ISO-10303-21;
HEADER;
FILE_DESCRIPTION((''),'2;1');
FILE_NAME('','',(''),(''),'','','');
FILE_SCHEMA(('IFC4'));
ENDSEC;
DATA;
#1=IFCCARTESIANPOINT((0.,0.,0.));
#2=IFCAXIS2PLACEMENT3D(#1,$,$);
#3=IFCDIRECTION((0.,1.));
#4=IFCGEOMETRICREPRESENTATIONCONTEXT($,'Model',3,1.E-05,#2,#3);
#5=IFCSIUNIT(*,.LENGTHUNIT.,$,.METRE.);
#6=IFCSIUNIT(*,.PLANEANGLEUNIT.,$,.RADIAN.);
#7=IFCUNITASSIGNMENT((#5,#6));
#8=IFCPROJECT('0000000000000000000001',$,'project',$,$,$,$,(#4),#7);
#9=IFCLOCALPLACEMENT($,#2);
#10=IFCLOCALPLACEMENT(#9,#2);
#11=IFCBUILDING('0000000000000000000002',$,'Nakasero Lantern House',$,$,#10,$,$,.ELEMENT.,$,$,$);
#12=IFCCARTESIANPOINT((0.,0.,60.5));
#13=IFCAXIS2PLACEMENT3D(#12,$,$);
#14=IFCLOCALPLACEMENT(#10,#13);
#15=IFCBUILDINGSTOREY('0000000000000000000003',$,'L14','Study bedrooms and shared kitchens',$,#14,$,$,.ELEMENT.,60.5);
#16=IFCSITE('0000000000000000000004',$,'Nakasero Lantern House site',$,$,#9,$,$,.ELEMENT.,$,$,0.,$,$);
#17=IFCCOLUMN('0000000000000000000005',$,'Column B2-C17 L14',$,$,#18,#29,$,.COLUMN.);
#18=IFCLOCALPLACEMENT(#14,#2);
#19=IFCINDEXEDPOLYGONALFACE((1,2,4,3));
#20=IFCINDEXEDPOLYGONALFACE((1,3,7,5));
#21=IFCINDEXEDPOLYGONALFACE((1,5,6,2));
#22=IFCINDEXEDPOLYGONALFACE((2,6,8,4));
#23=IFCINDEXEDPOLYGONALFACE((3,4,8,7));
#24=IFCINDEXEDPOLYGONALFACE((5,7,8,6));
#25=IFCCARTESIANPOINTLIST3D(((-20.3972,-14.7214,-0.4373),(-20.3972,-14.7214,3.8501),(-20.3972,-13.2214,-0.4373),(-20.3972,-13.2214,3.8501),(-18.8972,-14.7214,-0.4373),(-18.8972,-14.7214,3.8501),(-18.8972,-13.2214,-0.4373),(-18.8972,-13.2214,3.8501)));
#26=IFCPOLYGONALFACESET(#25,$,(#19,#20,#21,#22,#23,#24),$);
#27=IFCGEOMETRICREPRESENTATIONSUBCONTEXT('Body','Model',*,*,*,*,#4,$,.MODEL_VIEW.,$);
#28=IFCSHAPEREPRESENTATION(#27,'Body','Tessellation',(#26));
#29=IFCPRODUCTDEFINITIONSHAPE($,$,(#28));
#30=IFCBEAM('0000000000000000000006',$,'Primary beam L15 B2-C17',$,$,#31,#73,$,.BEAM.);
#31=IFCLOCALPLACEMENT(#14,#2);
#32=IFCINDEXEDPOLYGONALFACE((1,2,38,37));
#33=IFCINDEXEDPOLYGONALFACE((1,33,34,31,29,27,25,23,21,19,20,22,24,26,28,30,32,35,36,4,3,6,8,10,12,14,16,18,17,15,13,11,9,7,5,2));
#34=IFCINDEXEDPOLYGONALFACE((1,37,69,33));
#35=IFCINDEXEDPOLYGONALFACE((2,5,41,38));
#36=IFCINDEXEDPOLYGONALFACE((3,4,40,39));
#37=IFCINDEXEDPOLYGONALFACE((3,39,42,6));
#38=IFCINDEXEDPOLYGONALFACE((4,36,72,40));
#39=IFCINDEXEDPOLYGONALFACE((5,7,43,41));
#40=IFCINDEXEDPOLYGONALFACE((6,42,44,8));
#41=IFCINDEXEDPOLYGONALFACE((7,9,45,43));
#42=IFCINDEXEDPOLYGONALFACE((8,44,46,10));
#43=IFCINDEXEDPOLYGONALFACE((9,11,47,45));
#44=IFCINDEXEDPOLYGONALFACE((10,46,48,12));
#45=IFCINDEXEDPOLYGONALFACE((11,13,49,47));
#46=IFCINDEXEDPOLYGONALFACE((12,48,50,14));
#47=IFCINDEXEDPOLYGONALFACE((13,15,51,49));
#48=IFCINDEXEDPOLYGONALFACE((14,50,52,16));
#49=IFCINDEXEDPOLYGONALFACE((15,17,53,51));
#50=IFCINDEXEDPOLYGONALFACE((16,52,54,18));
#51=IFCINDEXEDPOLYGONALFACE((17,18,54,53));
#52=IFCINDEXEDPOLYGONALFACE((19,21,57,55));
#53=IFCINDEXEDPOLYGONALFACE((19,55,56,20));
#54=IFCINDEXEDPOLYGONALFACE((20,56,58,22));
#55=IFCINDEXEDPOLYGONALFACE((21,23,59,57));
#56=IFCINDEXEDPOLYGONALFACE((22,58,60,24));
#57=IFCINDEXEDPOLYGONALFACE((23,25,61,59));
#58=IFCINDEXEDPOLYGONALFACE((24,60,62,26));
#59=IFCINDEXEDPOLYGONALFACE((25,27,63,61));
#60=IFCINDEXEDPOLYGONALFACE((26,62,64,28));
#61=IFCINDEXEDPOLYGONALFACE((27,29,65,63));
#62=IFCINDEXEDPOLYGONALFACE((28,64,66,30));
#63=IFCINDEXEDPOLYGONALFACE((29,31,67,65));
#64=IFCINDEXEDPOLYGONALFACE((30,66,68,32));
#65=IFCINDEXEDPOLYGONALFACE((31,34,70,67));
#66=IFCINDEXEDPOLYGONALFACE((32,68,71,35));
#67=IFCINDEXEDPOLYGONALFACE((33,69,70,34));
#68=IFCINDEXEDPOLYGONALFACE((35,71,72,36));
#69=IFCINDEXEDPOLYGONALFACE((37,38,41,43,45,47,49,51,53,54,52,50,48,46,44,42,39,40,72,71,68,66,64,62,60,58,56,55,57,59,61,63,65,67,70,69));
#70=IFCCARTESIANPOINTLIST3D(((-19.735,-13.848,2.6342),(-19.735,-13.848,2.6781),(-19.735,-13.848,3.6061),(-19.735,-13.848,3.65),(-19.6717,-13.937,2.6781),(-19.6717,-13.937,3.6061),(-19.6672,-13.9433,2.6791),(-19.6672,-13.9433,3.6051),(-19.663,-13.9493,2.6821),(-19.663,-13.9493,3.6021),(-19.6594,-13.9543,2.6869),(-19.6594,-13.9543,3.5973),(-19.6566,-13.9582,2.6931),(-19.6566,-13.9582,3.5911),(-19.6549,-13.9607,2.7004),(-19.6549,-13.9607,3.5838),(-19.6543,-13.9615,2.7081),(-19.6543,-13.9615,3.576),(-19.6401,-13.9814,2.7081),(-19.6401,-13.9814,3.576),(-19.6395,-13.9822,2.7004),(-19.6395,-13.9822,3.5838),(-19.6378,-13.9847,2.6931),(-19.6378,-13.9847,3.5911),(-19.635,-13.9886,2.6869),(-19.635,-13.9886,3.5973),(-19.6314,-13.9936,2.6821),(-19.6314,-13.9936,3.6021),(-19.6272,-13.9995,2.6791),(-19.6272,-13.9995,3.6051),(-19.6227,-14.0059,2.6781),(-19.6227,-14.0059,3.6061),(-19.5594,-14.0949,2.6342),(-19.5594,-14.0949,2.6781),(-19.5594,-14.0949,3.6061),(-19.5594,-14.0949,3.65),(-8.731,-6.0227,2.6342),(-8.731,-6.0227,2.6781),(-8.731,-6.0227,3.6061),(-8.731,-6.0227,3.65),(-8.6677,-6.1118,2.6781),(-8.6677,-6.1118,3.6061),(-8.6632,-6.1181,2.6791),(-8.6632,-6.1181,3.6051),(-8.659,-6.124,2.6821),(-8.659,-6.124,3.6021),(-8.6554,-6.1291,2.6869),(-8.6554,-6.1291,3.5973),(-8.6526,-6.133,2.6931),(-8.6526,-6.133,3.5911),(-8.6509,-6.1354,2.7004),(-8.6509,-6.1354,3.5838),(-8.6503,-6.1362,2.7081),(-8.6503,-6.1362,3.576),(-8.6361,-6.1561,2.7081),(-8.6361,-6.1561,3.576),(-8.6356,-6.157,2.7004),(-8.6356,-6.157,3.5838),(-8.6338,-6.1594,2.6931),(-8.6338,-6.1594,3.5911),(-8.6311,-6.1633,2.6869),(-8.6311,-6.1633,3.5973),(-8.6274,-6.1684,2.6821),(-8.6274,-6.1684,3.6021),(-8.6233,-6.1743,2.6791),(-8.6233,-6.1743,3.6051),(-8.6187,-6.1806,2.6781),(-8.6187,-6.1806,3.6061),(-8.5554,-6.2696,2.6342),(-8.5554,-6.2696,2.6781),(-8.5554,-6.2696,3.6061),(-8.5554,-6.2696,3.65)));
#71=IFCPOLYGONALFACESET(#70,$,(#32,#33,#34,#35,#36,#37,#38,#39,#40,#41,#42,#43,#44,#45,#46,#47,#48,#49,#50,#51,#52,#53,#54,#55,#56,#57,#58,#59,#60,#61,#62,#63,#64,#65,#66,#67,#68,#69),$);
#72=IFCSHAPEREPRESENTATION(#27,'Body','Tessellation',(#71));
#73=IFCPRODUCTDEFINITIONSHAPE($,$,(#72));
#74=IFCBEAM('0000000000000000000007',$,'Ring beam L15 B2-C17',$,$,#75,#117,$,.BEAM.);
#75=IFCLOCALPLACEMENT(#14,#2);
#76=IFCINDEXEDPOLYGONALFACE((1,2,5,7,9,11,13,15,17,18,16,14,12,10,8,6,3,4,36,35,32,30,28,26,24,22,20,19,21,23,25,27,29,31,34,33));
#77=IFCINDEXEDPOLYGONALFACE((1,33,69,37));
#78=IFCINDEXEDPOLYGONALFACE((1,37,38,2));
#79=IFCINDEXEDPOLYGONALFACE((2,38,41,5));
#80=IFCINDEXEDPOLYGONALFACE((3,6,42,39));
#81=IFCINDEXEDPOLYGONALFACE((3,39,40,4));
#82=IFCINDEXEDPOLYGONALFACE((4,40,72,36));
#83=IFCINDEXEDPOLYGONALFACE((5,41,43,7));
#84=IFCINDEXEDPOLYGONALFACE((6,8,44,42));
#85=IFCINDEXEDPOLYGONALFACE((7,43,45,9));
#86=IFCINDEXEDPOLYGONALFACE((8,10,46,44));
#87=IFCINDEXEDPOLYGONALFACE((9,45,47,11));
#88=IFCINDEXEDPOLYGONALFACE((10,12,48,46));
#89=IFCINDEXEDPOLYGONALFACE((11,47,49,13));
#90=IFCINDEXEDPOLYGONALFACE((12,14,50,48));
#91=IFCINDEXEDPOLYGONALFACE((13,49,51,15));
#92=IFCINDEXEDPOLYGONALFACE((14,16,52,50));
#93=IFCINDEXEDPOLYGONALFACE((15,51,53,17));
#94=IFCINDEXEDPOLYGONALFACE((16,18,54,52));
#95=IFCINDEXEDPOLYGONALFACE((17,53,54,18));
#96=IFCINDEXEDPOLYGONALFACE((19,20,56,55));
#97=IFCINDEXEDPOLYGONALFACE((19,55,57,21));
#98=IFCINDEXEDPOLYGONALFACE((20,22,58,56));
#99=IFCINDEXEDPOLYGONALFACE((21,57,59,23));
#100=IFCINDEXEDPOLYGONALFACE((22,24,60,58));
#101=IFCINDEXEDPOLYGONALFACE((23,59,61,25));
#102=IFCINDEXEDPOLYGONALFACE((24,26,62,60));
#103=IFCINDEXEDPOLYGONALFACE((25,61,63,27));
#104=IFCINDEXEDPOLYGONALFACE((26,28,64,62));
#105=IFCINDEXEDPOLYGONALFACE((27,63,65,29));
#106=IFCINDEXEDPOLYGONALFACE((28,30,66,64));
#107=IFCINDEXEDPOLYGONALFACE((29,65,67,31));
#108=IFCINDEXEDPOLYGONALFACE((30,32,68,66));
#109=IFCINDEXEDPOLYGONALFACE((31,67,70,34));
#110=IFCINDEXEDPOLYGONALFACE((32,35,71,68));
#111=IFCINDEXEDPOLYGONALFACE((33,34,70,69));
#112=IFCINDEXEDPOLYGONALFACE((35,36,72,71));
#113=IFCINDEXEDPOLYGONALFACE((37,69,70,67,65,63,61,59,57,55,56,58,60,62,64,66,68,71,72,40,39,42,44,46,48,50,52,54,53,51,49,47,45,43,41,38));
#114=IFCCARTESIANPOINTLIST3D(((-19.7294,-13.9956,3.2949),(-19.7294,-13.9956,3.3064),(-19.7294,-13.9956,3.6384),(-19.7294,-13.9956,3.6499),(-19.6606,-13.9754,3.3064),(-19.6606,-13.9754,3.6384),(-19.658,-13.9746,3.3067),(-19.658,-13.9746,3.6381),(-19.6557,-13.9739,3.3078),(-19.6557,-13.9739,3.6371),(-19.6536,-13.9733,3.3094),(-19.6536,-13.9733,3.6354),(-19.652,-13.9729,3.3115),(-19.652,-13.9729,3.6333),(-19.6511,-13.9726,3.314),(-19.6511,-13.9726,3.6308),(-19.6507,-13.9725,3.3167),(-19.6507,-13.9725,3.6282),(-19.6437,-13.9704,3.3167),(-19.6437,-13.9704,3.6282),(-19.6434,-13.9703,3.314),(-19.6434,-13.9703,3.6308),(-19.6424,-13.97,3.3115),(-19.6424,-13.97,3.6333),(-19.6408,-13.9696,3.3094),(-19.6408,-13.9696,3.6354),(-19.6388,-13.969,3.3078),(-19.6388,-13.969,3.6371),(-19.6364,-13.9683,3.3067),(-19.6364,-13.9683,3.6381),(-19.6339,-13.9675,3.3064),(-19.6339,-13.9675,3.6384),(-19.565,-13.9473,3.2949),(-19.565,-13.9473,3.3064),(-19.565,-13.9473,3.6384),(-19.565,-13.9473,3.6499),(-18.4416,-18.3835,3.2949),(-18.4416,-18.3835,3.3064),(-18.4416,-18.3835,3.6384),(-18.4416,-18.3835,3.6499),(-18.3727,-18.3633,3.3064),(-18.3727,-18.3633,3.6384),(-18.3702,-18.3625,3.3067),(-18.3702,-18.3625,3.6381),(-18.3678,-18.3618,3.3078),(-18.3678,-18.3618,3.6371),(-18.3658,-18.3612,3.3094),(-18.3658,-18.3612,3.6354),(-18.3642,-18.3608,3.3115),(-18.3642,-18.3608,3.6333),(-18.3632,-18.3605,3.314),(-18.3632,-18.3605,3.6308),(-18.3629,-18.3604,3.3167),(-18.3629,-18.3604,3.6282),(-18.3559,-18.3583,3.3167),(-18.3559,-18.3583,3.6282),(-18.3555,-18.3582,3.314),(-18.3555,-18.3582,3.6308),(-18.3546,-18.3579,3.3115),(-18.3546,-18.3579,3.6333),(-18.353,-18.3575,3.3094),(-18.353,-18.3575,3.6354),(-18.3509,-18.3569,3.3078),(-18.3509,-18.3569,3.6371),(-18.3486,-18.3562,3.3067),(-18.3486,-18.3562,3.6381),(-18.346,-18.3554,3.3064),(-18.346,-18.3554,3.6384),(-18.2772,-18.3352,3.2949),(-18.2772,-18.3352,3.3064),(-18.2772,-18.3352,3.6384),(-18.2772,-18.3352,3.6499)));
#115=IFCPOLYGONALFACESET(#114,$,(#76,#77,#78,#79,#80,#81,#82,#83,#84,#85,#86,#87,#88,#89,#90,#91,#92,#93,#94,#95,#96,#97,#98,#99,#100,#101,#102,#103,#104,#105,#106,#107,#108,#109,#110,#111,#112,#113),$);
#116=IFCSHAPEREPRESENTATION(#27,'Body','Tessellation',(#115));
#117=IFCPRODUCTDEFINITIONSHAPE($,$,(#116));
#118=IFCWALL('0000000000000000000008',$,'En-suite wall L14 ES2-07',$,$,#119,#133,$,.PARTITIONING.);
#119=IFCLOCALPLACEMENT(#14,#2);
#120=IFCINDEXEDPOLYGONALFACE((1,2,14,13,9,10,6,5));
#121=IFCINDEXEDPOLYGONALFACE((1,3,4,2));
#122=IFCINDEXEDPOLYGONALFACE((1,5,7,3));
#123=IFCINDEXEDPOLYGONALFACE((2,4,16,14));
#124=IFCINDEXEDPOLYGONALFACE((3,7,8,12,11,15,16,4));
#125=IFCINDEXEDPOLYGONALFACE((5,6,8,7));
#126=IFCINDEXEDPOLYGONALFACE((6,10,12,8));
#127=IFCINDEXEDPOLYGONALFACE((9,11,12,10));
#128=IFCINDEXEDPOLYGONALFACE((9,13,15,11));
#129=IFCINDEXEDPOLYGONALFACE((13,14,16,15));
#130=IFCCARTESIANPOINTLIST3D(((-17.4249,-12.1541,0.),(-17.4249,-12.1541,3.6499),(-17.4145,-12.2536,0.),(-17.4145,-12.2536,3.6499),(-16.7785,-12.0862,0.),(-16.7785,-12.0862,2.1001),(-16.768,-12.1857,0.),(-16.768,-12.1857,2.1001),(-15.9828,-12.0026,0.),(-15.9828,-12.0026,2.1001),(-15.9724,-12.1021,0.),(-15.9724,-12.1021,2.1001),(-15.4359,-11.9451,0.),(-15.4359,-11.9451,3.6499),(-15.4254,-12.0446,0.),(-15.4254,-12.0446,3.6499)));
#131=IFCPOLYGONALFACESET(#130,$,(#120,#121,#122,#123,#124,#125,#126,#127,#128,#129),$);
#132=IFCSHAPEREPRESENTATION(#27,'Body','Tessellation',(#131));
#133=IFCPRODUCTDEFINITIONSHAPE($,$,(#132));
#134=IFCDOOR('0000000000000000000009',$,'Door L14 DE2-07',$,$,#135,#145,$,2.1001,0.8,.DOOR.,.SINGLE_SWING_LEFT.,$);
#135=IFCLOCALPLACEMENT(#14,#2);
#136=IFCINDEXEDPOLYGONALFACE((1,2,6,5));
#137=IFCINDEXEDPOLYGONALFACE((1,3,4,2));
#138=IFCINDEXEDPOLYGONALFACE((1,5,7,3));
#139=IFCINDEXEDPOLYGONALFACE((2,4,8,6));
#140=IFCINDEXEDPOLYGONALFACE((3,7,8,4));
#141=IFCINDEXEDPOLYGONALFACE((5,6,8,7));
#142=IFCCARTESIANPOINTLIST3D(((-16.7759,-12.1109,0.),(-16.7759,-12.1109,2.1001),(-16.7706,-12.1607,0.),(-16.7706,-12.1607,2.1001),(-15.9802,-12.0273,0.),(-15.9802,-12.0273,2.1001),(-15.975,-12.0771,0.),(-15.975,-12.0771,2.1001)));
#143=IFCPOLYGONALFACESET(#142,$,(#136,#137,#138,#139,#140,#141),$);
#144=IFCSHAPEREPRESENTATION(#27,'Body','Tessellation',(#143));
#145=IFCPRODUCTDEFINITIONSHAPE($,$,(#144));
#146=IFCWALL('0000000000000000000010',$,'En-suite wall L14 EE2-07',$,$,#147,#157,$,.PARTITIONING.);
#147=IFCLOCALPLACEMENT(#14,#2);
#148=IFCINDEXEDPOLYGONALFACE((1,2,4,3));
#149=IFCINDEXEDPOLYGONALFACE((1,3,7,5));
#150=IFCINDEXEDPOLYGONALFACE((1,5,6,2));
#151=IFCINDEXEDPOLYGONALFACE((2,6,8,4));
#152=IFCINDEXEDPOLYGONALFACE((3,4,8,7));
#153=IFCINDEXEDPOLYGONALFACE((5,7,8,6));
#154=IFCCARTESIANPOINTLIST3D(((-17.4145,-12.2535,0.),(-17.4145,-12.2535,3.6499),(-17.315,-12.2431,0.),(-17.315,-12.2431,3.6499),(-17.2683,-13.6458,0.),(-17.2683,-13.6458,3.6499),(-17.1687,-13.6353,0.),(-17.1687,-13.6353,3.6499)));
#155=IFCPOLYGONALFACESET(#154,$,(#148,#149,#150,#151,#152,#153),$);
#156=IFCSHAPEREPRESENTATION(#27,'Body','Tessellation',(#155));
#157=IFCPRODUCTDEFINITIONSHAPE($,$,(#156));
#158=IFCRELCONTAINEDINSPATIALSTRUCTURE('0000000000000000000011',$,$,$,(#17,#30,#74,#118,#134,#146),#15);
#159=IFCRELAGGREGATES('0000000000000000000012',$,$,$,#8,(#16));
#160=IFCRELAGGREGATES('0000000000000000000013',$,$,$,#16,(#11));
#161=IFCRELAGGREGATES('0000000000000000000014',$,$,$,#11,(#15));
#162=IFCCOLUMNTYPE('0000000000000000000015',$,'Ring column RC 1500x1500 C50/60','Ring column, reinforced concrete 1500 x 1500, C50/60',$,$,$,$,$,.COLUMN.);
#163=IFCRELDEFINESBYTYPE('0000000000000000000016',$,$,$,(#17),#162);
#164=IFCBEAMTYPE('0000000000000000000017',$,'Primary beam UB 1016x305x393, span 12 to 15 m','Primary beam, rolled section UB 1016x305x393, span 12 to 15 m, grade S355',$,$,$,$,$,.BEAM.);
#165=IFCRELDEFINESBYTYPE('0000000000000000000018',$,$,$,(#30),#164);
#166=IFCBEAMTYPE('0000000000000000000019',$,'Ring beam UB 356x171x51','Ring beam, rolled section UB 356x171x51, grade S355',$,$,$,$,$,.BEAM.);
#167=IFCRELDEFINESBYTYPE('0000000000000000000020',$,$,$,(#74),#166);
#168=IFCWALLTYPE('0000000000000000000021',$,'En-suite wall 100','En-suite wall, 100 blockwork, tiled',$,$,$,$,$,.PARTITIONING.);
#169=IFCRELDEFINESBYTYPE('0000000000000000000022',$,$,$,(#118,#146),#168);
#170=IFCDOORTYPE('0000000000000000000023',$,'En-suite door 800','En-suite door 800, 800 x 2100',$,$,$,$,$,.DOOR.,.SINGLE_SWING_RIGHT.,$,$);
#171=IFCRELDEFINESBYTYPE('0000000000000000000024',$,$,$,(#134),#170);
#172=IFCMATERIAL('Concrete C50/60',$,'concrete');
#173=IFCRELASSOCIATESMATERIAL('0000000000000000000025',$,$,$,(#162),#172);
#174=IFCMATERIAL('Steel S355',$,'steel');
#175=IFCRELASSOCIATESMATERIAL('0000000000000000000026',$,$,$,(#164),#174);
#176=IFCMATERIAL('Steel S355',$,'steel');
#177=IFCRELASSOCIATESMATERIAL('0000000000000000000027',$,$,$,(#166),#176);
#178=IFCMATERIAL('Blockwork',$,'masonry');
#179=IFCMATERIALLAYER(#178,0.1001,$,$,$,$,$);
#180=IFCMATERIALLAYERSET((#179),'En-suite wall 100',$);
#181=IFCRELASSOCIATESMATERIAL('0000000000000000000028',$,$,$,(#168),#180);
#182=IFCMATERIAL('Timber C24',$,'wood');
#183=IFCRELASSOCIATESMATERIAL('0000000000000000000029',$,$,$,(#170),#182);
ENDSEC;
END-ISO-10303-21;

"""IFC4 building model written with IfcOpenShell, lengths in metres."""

from ifc_helpers import new_model, si_unit, direction, frame, frame_2d, origin, origin_2d, place, context, subcontext, project, spatial, rectangle, i_section, extrude, material, layer, layer_set, material_profile, profile_set, type_object, element, fill, save


model = new_model("IFC4")

# Units and contexts
model_context = context("Model", 3, precision=1e-05, world=origin(), true_north=direction((0.0, 1.0)))
body_context = subcontext(model_context, "Body", "Model", "MODEL_VIEW")
ifc_project = project(units=[si_unit("LENGTHUNIT", "METRE"), si_unit("PLANEANGLEUNIT", "RADIAN")], contexts=[model_context])

# Site, building, storey
site_placement = place(None, origin())
site = spatial("IfcSite", under=ifc_project, at=site_placement, Name="Nakasero Lantern House site", CompositionType="ELEMENT", RefElevation=0.0)
building_placement = place(site_placement, origin())
building = spatial("IfcBuilding", under=site, at=building_placement, Name="Nakasero Lantern House", CompositionType="ELEMENT")
storey_placement = place(building_placement, frame((0.0, 0.0, 60.5)))
storey = spatial("IfcBuildingStorey", under=building, at=storey_placement, Name="L14", Description="Study bedrooms and shared kitchens", CompositionType="ELEMENT", Elevation=60.5)

# Column
ifc_material_1 = material(Name="Concrete C50/60", Category="concrete")
ifc_material_profile_1 = material_profile(ifc_material_1, rectangle(XDim=1.5, YDim=1.5, at=origin_2d()), Name="RC 1500x1500")
ifc_profile_set_1 = profile_set([ifc_material_profile_1], Name="Concrete C50/60")
column_type = type_object("IfcColumnType", Name="Ring column RC 1500x1500 C50/60", Description="Ring column, reinforced concrete 1500 x 1500, C50/60", PredefinedType="COLUMN", material=ifc_profile_set_1)
column_placement = place(storey_placement, frame((-19.6472, -13.9714, -0.4373), z_axis=(0.0, 0.0, 1.0), x_axis=(1.0, 0.0, 0.0)))
element("IfcColumn", 1, at=column_placement, inside=storey, type_object=column_type, Name="Column B2-C17 L14", PredefinedType="COLUMN", context=body_context, shape_type="SweptSolid", body=[
    extrude(rectangle(XDim=1.5, YDim=1.5, at=origin_2d()), origin(), (0.0, 0.0, 1.0), 4.2874),
])

# Beams
ifc_material_2 = material(Name="Steel S355", Category="steel")
ifc_material_profile_2 = material_profile(ifc_material_2, i_section(OverallWidth=0.303, OverallDepth=1.0159, WebThickness=0.0244, FlangeThickness=0.0439, FilletRadius=0.03, at=origin_2d()), Name="UB 1016x305x393")
ifc_profile_set_2 = profile_set([ifc_material_profile_2], Name="Steel S355")
beam_type_1 = type_object("IfcBeamType", Name="Primary beam UB 1016x305x393, span 12 to 15 m", Description="Primary beam, rolled section UB 1016x305x393, span 12 to 15 m, grade S355", PredefinedType="BEAM", material=ifc_profile_set_2)
beam_1_placement = place(storey_placement, frame((-19.6472, -13.9714, 3.1421), z_axis=(0.814948, 0.579533, 0.0), x_axis=(-0.579533, 0.814948, 0.0)))
element("IfcBeam", 2, at=beam_1_placement, inside=storey, type_object=beam_type_1, Name="Primary beam L15 B2-C17", PredefinedType="BEAM", context=body_context, shape_type="SweptSolid", body=[
    extrude(i_section(OverallWidth=0.303, OverallDepth=1.0159, WebThickness=0.0244, FlangeThickness=0.0439, FilletRadius=0.03, at=origin_2d()), origin(), (0.0, 0.0, 1.0), 13.5027),
])
ifc_material_3 = material(Name="Steel S355", Category="steel")
ifc_material_profile_3 = material_profile(ifc_material_3, i_section(OverallWidth=0.1714, OverallDepth=0.355, WebThickness=0.0073, FlangeThickness=0.0115, FilletRadius=0.0103, at=origin_2d()), Name="UB 356x171x51")
ifc_profile_set_3 = profile_set([ifc_material_profile_3], Name="Steel S355")
beam_type_2 = type_object("IfcBeamType", Name="Ring beam UB 356x171x51", Description="Ring beam, rolled section UB 356x171x51, grade S355", PredefinedType="BEAM", material=ifc_profile_set_3)
beam_2_placement = place(storey_placement, frame((-19.6472, -13.9714, 3.4724), z_axis=(0.281617, -0.959527, 0.0), x_axis=(0.959527, 0.281617, 0.0)))
element("IfcBeam", 3, at=beam_2_placement, inside=storey, type_object=beam_type_2, Name="Ring beam L15 B2-C17", PredefinedType="BEAM", context=body_context, shape_type="SweptSolid", body=[
    extrude(i_section(OverallWidth=0.1714, OverallDepth=0.355, WebThickness=0.0073, FlangeThickness=0.0115, FilletRadius=0.0103, at=origin_2d()), origin(), (0.0, 0.0, 1.0), 4.573),
])

# Wall, opening, door
ifc_material_4 = material(Name="Blockwork", Category="masonry")
ifc_layer_1 = layer(ifc_material_4, 0.1001)
ifc_layer_set_1 = layer_set([ifc_layer_1], Name="En-suite wall 100")
wall_type_1 = type_object("IfcWallType", Name="En-suite wall 100", Description="En-suite wall, 100 blockwork, tiled", PredefinedType="PARTITIONING", material=ifc_layer_set_1)
wall_1_placement = place(storey_placement, frame((-15.4307, -11.9949, 0.0), z_axis=(0.0, 0.0, 1.0), x_axis=(-0.994526, -0.104494, 0.0)))
wall_1 = element("IfcWall", 4, at=wall_1_placement, inside=storey, type_object=wall_type_1, Name="En-suite wall L14 ES2-07", PredefinedType="PARTITIONING", context=body_context, shape_type="SweptSolid", body=[
    extrude(rectangle(XDim=2.0, YDim=0.1001, at=frame_2d((1.0, 0.0))), origin(), (0.0, 0.0, 1.0), 3.6499),
])
opening_1_placement = place(wall_1_placement, frame((0.55, 0.0, 0.0)))
opening_1 = element("IfcOpeningElement", 5, at=opening_1_placement, cuts=wall_1, PredefinedType="OPENING", context=body_context, shape_type="SweptSolid", body=[
    extrude(rectangle(XDim=0.8, YDim=2.1001, at=frame_2d((0.3999, 1.05))), frame((0.0, 0.0701, 0.0), z_axis=(0.0, -1.0, 0.0), x_axis=(1.0, 0.0, 0.0)), (0.0, 0.0, 1.0), 0.1401),
])
ifc_material_5 = material(Name="Timber C24", Category="wood")
door_type_1 = type_object("IfcDoorType", Name="En-suite door 800", Description="En-suite door 800, 800 x 2100", OperationType="SINGLE_SWING_RIGHT", PredefinedType="DOOR", material=ifc_material_5)
door_1_placement = place(opening_1_placement, origin())
door_1 = element("IfcDoor", 6, at=door_1_placement, inside=storey, type_object=door_type_1, Name="Door L14 DE2-07", OperationType="SINGLE_SWING_LEFT", OverallHeight=2.1001, OverallWidth=0.8, PredefinedType="DOOR", context=body_context, shape_type="SweptSolid", body=[
    extrude(rectangle(XDim=0.8, YDim=2.1001, at=frame_2d((0.3999, 1.05))), frame((0.0, 0.0249, 0.0), z_axis=(0.0, -1.0, 0.0), x_axis=(1.0, 0.0, 0.0)), (0.0, 0.0, 1.0), 0.05),
])
fill(opening_1, door_1)

# Wall
wall_2_placement = place(storey_placement, frame((-17.3647, -12.2483, 0.0), z_axis=(0.0, 0.0, 1.0), x_axis=(0.104458, -0.994529, 0.0)))
element("IfcWall", 7, at=wall_2_placement, inside=storey, type_object=wall_type_1, Name="En-suite wall L14 EE2-07", PredefinedType="PARTITIONING", context=body_context, shape_type="SweptSolid", body=[
    extrude(rectangle(XDim=1.3999, YDim=0.1001, at=frame_2d((0.7, 0.0))), origin(), (0.0, 0.0, 1.0), 3.6499),
])

save(model, "model.ifc")
